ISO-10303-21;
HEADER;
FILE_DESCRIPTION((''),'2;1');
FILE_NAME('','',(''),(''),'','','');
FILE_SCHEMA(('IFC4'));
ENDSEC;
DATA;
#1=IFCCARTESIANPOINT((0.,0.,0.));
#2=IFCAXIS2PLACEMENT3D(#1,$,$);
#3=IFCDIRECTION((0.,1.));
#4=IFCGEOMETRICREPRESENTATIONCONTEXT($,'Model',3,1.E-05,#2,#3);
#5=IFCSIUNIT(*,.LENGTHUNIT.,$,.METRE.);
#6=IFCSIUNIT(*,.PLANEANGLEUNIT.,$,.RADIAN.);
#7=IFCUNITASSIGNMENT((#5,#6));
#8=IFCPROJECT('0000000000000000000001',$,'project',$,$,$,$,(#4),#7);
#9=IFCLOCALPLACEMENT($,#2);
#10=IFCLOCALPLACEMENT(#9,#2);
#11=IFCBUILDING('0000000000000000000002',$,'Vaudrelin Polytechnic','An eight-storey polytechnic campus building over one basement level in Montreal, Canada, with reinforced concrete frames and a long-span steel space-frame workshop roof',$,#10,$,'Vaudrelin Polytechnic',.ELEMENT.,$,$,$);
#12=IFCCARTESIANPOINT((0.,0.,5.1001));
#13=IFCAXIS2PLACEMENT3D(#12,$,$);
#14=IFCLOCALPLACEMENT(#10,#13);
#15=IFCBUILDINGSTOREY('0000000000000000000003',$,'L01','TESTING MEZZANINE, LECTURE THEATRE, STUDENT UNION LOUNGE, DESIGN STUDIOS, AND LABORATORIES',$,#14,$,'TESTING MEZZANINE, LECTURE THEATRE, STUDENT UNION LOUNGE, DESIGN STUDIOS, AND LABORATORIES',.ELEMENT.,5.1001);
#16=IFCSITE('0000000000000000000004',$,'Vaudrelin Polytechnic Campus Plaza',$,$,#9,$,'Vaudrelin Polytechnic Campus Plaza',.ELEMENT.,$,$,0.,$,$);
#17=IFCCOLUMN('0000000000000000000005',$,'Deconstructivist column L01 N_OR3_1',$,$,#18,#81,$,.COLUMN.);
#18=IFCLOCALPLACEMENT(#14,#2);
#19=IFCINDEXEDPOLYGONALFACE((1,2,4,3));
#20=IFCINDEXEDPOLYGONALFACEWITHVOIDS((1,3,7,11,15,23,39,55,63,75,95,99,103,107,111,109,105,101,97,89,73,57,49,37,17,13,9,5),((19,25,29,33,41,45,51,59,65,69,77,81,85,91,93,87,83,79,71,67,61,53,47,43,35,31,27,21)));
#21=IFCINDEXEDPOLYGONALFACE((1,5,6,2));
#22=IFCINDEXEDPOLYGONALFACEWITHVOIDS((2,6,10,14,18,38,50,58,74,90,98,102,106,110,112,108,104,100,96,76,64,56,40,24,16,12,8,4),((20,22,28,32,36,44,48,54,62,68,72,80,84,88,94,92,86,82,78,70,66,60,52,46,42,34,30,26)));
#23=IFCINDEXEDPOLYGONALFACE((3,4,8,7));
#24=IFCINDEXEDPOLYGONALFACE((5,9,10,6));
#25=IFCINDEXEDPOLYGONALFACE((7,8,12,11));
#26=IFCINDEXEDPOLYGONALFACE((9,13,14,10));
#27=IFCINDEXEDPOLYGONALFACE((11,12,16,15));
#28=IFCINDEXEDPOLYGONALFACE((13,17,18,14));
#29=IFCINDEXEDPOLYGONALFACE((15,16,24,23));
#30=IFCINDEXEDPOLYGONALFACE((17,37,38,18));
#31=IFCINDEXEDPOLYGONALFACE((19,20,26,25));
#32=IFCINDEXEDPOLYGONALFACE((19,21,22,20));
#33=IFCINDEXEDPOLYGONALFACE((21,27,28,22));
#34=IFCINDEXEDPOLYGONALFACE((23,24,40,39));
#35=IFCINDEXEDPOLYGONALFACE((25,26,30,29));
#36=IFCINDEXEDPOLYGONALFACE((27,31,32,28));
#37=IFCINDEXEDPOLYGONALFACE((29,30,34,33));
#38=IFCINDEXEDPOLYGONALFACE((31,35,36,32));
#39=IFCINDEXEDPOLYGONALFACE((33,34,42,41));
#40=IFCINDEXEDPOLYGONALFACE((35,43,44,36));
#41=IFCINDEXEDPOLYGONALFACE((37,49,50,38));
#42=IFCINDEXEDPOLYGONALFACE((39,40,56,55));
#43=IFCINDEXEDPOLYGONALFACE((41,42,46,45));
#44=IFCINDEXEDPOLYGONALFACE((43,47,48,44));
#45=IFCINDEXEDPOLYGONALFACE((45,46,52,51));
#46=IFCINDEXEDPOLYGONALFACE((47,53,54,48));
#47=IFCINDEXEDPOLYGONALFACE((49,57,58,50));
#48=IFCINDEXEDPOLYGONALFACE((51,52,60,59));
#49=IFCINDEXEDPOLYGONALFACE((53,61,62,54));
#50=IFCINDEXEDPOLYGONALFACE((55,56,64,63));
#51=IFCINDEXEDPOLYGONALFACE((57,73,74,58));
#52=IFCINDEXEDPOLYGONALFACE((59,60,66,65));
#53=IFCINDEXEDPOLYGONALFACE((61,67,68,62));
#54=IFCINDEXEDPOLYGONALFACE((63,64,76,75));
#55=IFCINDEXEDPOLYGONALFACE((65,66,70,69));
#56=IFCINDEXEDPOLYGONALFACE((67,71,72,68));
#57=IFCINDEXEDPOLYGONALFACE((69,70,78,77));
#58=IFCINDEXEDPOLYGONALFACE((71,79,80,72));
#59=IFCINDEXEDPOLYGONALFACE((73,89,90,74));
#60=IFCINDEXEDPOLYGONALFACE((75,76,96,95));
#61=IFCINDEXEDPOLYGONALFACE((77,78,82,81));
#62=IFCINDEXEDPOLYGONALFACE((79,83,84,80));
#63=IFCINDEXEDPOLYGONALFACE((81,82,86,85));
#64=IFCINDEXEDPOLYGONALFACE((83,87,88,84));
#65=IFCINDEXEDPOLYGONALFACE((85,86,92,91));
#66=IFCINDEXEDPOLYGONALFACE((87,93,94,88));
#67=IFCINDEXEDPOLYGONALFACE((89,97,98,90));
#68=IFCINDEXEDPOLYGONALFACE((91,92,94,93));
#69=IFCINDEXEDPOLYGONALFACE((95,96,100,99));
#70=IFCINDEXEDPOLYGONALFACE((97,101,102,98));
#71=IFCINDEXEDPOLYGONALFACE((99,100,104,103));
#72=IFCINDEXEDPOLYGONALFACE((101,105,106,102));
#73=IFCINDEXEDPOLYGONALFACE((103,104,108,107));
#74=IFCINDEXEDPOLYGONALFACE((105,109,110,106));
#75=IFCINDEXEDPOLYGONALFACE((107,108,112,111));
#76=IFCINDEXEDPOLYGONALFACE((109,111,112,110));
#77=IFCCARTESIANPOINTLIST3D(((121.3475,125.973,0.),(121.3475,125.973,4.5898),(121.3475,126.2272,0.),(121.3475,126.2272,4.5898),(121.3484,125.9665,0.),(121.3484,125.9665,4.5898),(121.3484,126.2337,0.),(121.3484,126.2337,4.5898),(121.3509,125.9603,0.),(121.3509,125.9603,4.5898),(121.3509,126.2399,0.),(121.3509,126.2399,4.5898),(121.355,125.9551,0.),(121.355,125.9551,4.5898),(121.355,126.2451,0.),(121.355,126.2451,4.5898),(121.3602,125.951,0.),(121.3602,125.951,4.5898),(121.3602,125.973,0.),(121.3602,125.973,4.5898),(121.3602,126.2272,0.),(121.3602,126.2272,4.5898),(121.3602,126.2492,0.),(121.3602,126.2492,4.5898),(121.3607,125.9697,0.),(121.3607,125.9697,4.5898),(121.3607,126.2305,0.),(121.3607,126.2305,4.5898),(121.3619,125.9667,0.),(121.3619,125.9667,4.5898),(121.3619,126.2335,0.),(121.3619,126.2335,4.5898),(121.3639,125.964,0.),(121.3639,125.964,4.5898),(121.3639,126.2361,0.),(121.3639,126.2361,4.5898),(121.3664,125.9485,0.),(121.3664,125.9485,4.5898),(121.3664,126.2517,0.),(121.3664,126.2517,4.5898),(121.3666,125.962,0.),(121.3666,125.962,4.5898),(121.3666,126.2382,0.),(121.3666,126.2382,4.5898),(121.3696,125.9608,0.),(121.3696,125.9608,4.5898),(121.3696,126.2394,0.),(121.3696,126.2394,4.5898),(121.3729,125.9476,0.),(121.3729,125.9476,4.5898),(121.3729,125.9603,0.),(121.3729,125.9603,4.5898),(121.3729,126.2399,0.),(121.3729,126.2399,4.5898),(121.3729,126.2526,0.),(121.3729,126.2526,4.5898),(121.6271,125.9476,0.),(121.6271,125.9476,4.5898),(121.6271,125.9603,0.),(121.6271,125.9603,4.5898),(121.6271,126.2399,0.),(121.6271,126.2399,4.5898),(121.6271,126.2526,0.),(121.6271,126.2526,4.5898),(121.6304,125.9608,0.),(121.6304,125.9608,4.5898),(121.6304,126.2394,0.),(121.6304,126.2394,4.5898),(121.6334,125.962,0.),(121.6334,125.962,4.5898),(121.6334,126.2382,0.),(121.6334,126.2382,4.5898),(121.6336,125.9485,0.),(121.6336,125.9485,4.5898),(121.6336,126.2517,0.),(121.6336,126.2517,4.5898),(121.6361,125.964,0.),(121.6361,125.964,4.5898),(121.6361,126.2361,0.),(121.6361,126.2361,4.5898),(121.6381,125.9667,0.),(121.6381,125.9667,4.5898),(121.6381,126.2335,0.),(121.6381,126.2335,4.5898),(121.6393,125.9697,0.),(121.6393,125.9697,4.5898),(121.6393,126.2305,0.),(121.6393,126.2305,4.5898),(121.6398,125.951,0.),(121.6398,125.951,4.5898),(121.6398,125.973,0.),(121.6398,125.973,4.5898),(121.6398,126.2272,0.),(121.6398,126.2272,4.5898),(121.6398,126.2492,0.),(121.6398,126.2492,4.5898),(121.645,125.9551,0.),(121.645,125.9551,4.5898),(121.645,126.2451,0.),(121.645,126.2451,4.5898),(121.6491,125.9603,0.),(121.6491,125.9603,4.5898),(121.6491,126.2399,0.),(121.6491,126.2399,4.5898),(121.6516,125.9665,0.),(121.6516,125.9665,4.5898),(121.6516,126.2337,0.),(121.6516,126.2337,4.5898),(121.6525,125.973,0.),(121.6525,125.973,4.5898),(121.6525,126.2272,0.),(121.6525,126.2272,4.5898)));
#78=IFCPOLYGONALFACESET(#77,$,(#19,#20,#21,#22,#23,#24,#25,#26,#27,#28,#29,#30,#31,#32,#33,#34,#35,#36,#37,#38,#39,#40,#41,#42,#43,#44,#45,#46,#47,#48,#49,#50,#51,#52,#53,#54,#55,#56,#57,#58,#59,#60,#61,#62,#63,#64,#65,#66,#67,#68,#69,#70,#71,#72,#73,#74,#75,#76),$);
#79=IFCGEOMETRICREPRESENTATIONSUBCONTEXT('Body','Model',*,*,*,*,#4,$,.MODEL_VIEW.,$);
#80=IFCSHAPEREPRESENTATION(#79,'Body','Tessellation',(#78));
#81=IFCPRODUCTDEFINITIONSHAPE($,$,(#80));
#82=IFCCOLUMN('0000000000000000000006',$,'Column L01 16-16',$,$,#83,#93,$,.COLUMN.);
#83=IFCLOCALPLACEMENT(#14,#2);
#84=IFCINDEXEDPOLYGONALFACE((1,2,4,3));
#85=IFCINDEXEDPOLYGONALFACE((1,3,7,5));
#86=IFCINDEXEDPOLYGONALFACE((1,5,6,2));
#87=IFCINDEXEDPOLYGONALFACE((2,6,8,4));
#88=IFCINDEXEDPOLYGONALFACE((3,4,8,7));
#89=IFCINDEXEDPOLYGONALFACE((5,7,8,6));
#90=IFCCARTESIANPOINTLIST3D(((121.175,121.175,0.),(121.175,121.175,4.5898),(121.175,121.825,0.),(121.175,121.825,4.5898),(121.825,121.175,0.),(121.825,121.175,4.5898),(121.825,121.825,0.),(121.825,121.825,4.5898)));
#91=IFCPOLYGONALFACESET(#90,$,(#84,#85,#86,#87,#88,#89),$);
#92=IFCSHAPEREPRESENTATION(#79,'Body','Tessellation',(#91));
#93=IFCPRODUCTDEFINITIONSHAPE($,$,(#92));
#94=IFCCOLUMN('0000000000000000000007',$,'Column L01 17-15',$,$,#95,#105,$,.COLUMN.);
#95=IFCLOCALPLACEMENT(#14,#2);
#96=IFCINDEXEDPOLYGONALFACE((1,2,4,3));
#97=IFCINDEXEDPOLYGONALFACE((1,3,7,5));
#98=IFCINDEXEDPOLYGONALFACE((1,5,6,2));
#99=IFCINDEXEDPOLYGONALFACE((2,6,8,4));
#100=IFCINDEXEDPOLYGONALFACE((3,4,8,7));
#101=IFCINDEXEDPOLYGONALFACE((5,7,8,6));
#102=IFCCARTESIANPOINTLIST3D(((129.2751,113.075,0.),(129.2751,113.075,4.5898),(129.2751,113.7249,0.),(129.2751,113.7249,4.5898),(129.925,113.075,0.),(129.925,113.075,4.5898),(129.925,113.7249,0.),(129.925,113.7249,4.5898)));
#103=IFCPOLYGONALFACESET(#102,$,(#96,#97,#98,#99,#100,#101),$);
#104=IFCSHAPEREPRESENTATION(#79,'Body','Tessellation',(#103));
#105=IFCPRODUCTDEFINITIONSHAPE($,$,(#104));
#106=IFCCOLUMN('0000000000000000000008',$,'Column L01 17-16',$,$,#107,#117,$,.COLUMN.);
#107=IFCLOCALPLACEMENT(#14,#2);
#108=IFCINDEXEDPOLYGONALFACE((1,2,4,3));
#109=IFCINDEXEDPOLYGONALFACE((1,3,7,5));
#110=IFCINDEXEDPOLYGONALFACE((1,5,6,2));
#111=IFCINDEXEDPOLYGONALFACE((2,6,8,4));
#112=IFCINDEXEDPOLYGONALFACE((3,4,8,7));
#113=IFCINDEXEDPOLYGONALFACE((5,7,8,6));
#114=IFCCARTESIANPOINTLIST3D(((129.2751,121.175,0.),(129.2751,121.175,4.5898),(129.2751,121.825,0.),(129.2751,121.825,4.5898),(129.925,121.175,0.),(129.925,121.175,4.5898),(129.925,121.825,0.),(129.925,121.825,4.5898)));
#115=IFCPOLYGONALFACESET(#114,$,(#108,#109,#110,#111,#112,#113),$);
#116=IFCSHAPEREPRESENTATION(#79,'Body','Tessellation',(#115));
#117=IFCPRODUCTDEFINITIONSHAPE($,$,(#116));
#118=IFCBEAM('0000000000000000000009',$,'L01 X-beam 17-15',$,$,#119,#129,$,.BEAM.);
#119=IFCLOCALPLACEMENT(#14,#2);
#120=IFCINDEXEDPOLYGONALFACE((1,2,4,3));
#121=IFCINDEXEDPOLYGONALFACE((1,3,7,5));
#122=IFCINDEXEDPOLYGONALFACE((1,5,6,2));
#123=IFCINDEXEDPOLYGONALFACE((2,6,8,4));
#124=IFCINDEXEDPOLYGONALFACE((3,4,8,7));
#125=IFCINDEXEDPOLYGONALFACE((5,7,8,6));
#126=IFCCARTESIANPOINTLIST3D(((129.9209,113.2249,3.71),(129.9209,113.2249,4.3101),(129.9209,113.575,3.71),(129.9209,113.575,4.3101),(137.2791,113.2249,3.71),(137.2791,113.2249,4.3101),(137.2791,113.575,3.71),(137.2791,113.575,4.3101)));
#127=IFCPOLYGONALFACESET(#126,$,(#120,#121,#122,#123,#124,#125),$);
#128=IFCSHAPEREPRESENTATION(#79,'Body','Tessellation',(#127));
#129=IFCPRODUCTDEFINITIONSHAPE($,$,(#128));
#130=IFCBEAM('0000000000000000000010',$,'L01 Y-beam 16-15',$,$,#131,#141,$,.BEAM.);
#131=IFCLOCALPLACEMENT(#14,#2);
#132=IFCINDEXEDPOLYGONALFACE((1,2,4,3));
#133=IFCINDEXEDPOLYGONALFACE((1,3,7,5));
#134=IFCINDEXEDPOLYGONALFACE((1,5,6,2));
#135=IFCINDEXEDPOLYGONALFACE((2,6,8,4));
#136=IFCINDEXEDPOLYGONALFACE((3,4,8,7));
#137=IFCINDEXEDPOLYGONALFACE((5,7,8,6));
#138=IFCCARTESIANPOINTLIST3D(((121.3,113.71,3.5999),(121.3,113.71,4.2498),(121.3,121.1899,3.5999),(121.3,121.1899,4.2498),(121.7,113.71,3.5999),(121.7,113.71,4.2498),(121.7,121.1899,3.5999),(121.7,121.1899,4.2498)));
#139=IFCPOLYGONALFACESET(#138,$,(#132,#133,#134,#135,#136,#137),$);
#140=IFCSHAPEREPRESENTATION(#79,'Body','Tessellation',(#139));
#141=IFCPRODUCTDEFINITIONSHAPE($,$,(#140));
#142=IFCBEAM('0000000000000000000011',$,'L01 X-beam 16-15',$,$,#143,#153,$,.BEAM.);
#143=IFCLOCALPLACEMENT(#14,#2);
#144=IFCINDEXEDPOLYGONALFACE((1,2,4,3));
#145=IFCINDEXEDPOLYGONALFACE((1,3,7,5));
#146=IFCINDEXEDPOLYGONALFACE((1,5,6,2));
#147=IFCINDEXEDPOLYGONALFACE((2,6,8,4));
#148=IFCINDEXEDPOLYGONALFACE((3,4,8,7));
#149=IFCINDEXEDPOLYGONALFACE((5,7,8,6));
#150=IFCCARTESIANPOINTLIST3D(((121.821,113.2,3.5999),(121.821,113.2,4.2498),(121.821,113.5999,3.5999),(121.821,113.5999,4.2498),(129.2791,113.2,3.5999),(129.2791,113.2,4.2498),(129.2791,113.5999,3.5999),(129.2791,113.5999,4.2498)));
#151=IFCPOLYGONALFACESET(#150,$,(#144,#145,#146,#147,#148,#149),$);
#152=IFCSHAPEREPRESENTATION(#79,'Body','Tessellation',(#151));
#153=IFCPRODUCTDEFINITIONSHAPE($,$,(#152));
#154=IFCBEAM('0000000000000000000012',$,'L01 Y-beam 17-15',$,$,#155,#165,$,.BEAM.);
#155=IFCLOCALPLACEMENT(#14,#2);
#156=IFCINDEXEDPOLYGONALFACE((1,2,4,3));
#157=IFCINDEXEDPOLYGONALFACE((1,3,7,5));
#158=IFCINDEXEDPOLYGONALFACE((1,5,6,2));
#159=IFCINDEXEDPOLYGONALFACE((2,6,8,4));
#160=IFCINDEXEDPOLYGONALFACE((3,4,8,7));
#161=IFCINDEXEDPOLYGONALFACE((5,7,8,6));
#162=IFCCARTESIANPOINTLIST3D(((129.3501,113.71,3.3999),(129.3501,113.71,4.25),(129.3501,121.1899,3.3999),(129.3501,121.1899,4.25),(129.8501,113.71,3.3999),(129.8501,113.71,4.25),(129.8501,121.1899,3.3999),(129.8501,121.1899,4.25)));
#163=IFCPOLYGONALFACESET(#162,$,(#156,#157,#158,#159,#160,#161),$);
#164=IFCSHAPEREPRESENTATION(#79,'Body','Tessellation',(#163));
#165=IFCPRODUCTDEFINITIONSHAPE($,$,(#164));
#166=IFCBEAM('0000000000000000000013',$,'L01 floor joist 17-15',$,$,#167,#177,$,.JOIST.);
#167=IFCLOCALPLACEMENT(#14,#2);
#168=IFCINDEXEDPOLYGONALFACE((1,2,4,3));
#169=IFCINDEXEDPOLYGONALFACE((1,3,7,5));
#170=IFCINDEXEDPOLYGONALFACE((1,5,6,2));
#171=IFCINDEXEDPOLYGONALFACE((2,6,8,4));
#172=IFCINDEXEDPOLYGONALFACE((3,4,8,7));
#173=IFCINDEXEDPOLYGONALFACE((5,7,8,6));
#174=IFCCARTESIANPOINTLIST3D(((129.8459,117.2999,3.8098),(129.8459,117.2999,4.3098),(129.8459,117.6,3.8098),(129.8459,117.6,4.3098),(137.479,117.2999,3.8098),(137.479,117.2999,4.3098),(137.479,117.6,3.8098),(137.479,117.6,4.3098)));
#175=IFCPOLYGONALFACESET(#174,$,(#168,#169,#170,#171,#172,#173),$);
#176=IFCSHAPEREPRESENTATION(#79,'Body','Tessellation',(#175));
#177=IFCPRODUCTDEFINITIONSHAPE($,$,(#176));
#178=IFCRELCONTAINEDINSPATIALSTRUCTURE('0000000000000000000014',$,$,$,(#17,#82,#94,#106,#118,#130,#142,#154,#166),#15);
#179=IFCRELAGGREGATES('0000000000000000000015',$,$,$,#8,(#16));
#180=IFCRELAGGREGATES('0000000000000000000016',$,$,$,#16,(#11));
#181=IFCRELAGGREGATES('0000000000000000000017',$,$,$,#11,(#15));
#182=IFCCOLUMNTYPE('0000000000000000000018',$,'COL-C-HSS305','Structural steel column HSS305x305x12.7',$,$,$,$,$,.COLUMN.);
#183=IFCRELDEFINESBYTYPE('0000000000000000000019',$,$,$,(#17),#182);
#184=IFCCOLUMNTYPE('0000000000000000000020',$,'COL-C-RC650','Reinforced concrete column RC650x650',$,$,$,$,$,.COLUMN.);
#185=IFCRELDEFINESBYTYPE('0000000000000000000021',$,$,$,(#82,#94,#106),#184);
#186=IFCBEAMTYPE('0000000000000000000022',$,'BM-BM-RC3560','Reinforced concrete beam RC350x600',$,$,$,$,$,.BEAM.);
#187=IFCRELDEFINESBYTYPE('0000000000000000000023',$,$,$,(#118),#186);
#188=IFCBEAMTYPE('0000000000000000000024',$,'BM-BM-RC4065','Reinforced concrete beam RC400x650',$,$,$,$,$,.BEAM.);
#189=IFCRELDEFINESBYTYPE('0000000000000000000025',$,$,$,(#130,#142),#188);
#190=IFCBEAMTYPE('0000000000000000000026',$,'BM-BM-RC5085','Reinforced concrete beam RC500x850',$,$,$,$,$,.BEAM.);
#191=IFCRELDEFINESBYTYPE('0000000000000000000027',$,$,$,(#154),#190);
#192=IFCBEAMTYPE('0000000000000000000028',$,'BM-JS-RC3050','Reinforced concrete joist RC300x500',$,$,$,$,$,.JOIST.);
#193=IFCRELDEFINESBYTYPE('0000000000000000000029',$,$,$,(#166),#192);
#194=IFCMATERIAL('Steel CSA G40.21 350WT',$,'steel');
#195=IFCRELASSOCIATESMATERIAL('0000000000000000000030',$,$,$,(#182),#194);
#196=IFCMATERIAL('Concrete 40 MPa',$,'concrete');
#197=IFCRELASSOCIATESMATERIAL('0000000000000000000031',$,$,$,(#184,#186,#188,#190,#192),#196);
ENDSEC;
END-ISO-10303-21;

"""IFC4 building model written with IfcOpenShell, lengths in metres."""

from ifc_helpers import new_model, si_unit, direction, frame, origin, origin_2d, place, context, subcontext, project, spatial, rectangle, hollow_rectangle, extrude, material, material_profile, profile_set, type_object, element, save


model = new_model("IFC4")

# Units and contexts
model_context = context("Model", 3, precision=1e-05, world=origin(), true_north=direction((0.0, 1.0)))
body_context = subcontext(model_context, "Body", "Model", "MODEL_VIEW")
ifc_project = project(units=[si_unit("LENGTHUNIT", "METRE"), si_unit("PLANEANGLEUNIT", "RADIAN")], contexts=[model_context])

# Site, building, storey
site_placement = place(None, origin())
site = spatial("IfcSite", under=ifc_project, at=site_placement, Name="Vaudrelin Polytechnic Campus Plaza", LongName="Vaudrelin Polytechnic Campus Plaza", CompositionType="ELEMENT", RefElevation=0.0)
building_placement = place(site_placement, origin())
building = spatial("IfcBuilding", under=site, at=building_placement, Name="Vaudrelin Polytechnic", Description="An eight-storey polytechnic campus building over one basement level in Montreal, Canada, with reinforced concrete frames and a long-span steel space-frame workshop roof", LongName="Vaudrelin Polytechnic", CompositionType="ELEMENT")
storey_placement = place(building_placement, frame((0.0, 0.0, 5.1001)))
storey = spatial("IfcBuildingStorey", under=building, at=storey_placement, Name="L01", Description="TESTING MEZZANINE, LECTURE THEATRE, STUDENT UNION LOUNGE, DESIGN STUDIOS, AND LABORATORIES", LongName="TESTING MEZZANINE, LECTURE THEATRE, STUDENT UNION LOUNGE, DESIGN STUDIOS, AND LABORATORIES", CompositionType="ELEMENT", Elevation=5.1001)

# Columns
ifc_material_1 = material(Name="Steel CSA G40.21 350WT", Category="steel")
ifc_material_profile_1 = material_profile(ifc_material_1, hollow_rectangle(XDim=0.3049, YDim=0.3049, WallThickness=0.0127, InnerFilletRadius=0.0127, OuterFilletRadius=0.0254, at=origin_2d()), Name="HSS305x305x12.7")
ifc_profile_set_1 = profile_set([ifc_material_profile_1], Name="Steel CSA G40.21 350WT")
column_type_1 = type_object("IfcColumnType", Name="COL-C-HSS305", Description="Structural steel column HSS305x305x12.7", PredefinedType="COLUMN", material=ifc_profile_set_1)
column_placement = place(storey_placement, frame((121.5, 126.1001, 0.0), z_axis=(0.0, 0.0, 1.0), x_axis=(1.0, 0.0, 0.0)))
element("IfcColumn", 1, at=column_placement, inside=storey, type_object=column_type_1, Name="Deconstructivist column L01 N_OR3_1", PredefinedType="COLUMN", context=body_context, shape_type="SweptSolid", body=[
    extrude(hollow_rectangle(XDim=0.3049, YDim=0.3049, WallThickness=0.0127, InnerFilletRadius=0.0127, OuterFilletRadius=0.0254, at=origin_2d()), origin(), (0.0, 0.0, 1.0), 4.5898),
])
ifc_material_2 = material(Name="Concrete 40 MPa", Category="concrete")
ifc_material_profile_2 = material_profile(ifc_material_2, rectangle(XDim=0.6499, YDim=0.6499, at=origin_2d()), Name="RC650x650")
ifc_profile_set_2 = profile_set([ifc_material_profile_2], Name="Concrete 40 MPa")
column_type_2 = type_object("IfcColumnType", Name="COL-C-RC650", Description="Reinforced concrete column RC650x650", PredefinedType="COLUMN", material=ifc_profile_set_2)
for number, where, z_axis, x_axis, name in (
    (2, (121.5, 121.5, 0.0), (0.0, 0.0, 1.0), (1.0, 0.0, 0.0), "Column L01 16-16"),
    (3, (129.6001, 113.3999, 0.0), (0.0, 0.0, 1.0), (1.0, 0.0, 0.0), "Column L01 17-15"),
    (4, (129.6001, 121.5, 0.0), (0.0, 0.0, 1.0), (1.0, 0.0, 0.0), "Column L01 17-16"),
):
    element("IfcColumn", number, at=place(storey_placement, frame(where, z_axis=z_axis, x_axis=x_axis)), inside=storey, type_object=column_type_2, Name=name, PredefinedType="COLUMN", context=body_context, shape_type="SweptSolid", body=[
        extrude(rectangle(XDim=0.6499, YDim=0.6499, at=origin_2d()), origin(), (0.0, 0.0, 1.0), 4.5898),
    ])

# Beams
ifc_material_profile_3 = material_profile(ifc_material_2, rectangle(XDim=0.3501, YDim=0.6001, at=origin_2d()), Name="RC350x600")
ifc_profile_set_3 = profile_set([ifc_material_profile_3], Name="Concrete 40 MPa")
beam_type_1 = type_object("IfcBeamType", Name="BM-BM-RC3560", Description="Reinforced concrete beam RC350x600", PredefinedType="BEAM", material=ifc_profile_set_3)
beam_1_placement = place(storey_placement, frame((129.9209, 113.3999, 4.01), z_axis=(1.0, 0.0, 0.0), x_axis=(0.0, 1.0, 0.0)))
element("IfcBeam", 5, at=beam_1_placement, inside=storey, type_object=beam_type_1, Name="L01 X-beam 17-15", PredefinedType="BEAM", context=body_context, shape_type="SweptSolid", body=[
    extrude(rectangle(XDim=0.3501, YDim=0.6001, at=origin_2d()), origin(), (0.0, 0.0, 1.0), 7.3582),
])
ifc_material_profile_4 = material_profile(ifc_material_2, rectangle(XDim=0.3999, YDim=0.6499, at=origin_2d()), Name="RC400x650")
ifc_profile_set_4 = profile_set([ifc_material_profile_4], Name="Concrete 40 MPa")
beam_type_2 = type_object("IfcBeamType", Name="BM-BM-RC4065", Description="Reinforced concrete beam RC400x650", PredefinedType="BEAM", material=ifc_profile_set_4)
beam_2_placement = place(storey_placement, frame((121.5, 113.71, 3.9248), z_axis=(0.0, 1.0, 0.0), x_axis=(-1.0, 0.0, 0.0)))
element("IfcBeam", 6, at=beam_2_placement, inside=storey, type_object=beam_type_2, Name="L01 Y-beam 16-15", PredefinedType="BEAM", context=body_context, shape_type="SweptSolid", body=[
    extrude(rectangle(XDim=0.3999, YDim=0.6499, at=origin_2d()), origin(), (0.0, 0.0, 1.0), 7.48),
])
beam_3_placement = place(storey_placement, frame((121.821, 113.3999, 3.9248), z_axis=(1.0, 0.0, 0.0), x_axis=(0.0, 1.0, 0.0)))
element("IfcBeam", 7, at=beam_3_placement, inside=storey, type_object=beam_type_2, Name="L01 X-beam 16-15", PredefinedType="BEAM", context=body_context, shape_type="SweptSolid", body=[
    extrude(rectangle(XDim=0.3999, YDim=0.6499, at=origin_2d()), origin(), (0.0, 0.0, 1.0), 7.458),
])
ifc_material_profile_5 = material_profile(ifc_material_2, rectangle(XDim=0.5, YDim=0.8501, at=origin_2d()), Name="RC500x850")
ifc_profile_set_5 = profile_set([ifc_material_profile_5], Name="Concrete 40 MPa")
beam_type_3 = type_object("IfcBeamType", Name="BM-BM-RC5085", Description="Reinforced concrete beam RC500x850", PredefinedType="BEAM", material=ifc_profile_set_5)
beam_4_placement = place(storey_placement, frame((129.6001, 113.71, 3.825), z_axis=(0.0, 1.0, 0.0), x_axis=(-1.0, 0.0, 0.0)))
element("IfcBeam", 8, at=beam_4_placement, inside=storey, type_object=beam_type_3, Name="L01 Y-beam 17-15", PredefinedType="BEAM", context=body_context, shape_type="SweptSolid", body=[
    extrude(rectangle(XDim=0.5, YDim=0.8501, at=origin_2d()), origin(), (0.0, 0.0, 1.0), 7.48),
])
ifc_material_profile_6 = material_profile(ifc_material_2, rectangle(XDim=0.3, YDim=0.5, at=origin_2d()), Name="RC300x500")
ifc_profile_set_6 = profile_set([ifc_material_profile_6], Name="Concrete 40 MPa")
beam_type_4 = type_object("IfcBeamType", Name="BM-JS-RC3050", Description="Reinforced concrete joist RC300x500", PredefinedType="JOIST", material=ifc_profile_set_6)
beam_5_placement = place(storey_placement, frame((129.8459, 117.45, 4.0598), z_axis=(1.0, 0.0, 0.0), x_axis=(0.0, 1.0, 0.0)))
element("IfcBeam", 9, at=beam_5_placement, inside=storey, type_object=beam_type_4, Name="L01 floor joist 17-15", PredefinedType="JOIST", context=body_context, shape_type="SweptSolid", body=[
    extrude(rectangle(XDim=0.3, YDim=0.5, at=origin_2d()), origin(), (0.0, 0.0, 1.0), 7.6331),
])

save(model, "model.ifc")
